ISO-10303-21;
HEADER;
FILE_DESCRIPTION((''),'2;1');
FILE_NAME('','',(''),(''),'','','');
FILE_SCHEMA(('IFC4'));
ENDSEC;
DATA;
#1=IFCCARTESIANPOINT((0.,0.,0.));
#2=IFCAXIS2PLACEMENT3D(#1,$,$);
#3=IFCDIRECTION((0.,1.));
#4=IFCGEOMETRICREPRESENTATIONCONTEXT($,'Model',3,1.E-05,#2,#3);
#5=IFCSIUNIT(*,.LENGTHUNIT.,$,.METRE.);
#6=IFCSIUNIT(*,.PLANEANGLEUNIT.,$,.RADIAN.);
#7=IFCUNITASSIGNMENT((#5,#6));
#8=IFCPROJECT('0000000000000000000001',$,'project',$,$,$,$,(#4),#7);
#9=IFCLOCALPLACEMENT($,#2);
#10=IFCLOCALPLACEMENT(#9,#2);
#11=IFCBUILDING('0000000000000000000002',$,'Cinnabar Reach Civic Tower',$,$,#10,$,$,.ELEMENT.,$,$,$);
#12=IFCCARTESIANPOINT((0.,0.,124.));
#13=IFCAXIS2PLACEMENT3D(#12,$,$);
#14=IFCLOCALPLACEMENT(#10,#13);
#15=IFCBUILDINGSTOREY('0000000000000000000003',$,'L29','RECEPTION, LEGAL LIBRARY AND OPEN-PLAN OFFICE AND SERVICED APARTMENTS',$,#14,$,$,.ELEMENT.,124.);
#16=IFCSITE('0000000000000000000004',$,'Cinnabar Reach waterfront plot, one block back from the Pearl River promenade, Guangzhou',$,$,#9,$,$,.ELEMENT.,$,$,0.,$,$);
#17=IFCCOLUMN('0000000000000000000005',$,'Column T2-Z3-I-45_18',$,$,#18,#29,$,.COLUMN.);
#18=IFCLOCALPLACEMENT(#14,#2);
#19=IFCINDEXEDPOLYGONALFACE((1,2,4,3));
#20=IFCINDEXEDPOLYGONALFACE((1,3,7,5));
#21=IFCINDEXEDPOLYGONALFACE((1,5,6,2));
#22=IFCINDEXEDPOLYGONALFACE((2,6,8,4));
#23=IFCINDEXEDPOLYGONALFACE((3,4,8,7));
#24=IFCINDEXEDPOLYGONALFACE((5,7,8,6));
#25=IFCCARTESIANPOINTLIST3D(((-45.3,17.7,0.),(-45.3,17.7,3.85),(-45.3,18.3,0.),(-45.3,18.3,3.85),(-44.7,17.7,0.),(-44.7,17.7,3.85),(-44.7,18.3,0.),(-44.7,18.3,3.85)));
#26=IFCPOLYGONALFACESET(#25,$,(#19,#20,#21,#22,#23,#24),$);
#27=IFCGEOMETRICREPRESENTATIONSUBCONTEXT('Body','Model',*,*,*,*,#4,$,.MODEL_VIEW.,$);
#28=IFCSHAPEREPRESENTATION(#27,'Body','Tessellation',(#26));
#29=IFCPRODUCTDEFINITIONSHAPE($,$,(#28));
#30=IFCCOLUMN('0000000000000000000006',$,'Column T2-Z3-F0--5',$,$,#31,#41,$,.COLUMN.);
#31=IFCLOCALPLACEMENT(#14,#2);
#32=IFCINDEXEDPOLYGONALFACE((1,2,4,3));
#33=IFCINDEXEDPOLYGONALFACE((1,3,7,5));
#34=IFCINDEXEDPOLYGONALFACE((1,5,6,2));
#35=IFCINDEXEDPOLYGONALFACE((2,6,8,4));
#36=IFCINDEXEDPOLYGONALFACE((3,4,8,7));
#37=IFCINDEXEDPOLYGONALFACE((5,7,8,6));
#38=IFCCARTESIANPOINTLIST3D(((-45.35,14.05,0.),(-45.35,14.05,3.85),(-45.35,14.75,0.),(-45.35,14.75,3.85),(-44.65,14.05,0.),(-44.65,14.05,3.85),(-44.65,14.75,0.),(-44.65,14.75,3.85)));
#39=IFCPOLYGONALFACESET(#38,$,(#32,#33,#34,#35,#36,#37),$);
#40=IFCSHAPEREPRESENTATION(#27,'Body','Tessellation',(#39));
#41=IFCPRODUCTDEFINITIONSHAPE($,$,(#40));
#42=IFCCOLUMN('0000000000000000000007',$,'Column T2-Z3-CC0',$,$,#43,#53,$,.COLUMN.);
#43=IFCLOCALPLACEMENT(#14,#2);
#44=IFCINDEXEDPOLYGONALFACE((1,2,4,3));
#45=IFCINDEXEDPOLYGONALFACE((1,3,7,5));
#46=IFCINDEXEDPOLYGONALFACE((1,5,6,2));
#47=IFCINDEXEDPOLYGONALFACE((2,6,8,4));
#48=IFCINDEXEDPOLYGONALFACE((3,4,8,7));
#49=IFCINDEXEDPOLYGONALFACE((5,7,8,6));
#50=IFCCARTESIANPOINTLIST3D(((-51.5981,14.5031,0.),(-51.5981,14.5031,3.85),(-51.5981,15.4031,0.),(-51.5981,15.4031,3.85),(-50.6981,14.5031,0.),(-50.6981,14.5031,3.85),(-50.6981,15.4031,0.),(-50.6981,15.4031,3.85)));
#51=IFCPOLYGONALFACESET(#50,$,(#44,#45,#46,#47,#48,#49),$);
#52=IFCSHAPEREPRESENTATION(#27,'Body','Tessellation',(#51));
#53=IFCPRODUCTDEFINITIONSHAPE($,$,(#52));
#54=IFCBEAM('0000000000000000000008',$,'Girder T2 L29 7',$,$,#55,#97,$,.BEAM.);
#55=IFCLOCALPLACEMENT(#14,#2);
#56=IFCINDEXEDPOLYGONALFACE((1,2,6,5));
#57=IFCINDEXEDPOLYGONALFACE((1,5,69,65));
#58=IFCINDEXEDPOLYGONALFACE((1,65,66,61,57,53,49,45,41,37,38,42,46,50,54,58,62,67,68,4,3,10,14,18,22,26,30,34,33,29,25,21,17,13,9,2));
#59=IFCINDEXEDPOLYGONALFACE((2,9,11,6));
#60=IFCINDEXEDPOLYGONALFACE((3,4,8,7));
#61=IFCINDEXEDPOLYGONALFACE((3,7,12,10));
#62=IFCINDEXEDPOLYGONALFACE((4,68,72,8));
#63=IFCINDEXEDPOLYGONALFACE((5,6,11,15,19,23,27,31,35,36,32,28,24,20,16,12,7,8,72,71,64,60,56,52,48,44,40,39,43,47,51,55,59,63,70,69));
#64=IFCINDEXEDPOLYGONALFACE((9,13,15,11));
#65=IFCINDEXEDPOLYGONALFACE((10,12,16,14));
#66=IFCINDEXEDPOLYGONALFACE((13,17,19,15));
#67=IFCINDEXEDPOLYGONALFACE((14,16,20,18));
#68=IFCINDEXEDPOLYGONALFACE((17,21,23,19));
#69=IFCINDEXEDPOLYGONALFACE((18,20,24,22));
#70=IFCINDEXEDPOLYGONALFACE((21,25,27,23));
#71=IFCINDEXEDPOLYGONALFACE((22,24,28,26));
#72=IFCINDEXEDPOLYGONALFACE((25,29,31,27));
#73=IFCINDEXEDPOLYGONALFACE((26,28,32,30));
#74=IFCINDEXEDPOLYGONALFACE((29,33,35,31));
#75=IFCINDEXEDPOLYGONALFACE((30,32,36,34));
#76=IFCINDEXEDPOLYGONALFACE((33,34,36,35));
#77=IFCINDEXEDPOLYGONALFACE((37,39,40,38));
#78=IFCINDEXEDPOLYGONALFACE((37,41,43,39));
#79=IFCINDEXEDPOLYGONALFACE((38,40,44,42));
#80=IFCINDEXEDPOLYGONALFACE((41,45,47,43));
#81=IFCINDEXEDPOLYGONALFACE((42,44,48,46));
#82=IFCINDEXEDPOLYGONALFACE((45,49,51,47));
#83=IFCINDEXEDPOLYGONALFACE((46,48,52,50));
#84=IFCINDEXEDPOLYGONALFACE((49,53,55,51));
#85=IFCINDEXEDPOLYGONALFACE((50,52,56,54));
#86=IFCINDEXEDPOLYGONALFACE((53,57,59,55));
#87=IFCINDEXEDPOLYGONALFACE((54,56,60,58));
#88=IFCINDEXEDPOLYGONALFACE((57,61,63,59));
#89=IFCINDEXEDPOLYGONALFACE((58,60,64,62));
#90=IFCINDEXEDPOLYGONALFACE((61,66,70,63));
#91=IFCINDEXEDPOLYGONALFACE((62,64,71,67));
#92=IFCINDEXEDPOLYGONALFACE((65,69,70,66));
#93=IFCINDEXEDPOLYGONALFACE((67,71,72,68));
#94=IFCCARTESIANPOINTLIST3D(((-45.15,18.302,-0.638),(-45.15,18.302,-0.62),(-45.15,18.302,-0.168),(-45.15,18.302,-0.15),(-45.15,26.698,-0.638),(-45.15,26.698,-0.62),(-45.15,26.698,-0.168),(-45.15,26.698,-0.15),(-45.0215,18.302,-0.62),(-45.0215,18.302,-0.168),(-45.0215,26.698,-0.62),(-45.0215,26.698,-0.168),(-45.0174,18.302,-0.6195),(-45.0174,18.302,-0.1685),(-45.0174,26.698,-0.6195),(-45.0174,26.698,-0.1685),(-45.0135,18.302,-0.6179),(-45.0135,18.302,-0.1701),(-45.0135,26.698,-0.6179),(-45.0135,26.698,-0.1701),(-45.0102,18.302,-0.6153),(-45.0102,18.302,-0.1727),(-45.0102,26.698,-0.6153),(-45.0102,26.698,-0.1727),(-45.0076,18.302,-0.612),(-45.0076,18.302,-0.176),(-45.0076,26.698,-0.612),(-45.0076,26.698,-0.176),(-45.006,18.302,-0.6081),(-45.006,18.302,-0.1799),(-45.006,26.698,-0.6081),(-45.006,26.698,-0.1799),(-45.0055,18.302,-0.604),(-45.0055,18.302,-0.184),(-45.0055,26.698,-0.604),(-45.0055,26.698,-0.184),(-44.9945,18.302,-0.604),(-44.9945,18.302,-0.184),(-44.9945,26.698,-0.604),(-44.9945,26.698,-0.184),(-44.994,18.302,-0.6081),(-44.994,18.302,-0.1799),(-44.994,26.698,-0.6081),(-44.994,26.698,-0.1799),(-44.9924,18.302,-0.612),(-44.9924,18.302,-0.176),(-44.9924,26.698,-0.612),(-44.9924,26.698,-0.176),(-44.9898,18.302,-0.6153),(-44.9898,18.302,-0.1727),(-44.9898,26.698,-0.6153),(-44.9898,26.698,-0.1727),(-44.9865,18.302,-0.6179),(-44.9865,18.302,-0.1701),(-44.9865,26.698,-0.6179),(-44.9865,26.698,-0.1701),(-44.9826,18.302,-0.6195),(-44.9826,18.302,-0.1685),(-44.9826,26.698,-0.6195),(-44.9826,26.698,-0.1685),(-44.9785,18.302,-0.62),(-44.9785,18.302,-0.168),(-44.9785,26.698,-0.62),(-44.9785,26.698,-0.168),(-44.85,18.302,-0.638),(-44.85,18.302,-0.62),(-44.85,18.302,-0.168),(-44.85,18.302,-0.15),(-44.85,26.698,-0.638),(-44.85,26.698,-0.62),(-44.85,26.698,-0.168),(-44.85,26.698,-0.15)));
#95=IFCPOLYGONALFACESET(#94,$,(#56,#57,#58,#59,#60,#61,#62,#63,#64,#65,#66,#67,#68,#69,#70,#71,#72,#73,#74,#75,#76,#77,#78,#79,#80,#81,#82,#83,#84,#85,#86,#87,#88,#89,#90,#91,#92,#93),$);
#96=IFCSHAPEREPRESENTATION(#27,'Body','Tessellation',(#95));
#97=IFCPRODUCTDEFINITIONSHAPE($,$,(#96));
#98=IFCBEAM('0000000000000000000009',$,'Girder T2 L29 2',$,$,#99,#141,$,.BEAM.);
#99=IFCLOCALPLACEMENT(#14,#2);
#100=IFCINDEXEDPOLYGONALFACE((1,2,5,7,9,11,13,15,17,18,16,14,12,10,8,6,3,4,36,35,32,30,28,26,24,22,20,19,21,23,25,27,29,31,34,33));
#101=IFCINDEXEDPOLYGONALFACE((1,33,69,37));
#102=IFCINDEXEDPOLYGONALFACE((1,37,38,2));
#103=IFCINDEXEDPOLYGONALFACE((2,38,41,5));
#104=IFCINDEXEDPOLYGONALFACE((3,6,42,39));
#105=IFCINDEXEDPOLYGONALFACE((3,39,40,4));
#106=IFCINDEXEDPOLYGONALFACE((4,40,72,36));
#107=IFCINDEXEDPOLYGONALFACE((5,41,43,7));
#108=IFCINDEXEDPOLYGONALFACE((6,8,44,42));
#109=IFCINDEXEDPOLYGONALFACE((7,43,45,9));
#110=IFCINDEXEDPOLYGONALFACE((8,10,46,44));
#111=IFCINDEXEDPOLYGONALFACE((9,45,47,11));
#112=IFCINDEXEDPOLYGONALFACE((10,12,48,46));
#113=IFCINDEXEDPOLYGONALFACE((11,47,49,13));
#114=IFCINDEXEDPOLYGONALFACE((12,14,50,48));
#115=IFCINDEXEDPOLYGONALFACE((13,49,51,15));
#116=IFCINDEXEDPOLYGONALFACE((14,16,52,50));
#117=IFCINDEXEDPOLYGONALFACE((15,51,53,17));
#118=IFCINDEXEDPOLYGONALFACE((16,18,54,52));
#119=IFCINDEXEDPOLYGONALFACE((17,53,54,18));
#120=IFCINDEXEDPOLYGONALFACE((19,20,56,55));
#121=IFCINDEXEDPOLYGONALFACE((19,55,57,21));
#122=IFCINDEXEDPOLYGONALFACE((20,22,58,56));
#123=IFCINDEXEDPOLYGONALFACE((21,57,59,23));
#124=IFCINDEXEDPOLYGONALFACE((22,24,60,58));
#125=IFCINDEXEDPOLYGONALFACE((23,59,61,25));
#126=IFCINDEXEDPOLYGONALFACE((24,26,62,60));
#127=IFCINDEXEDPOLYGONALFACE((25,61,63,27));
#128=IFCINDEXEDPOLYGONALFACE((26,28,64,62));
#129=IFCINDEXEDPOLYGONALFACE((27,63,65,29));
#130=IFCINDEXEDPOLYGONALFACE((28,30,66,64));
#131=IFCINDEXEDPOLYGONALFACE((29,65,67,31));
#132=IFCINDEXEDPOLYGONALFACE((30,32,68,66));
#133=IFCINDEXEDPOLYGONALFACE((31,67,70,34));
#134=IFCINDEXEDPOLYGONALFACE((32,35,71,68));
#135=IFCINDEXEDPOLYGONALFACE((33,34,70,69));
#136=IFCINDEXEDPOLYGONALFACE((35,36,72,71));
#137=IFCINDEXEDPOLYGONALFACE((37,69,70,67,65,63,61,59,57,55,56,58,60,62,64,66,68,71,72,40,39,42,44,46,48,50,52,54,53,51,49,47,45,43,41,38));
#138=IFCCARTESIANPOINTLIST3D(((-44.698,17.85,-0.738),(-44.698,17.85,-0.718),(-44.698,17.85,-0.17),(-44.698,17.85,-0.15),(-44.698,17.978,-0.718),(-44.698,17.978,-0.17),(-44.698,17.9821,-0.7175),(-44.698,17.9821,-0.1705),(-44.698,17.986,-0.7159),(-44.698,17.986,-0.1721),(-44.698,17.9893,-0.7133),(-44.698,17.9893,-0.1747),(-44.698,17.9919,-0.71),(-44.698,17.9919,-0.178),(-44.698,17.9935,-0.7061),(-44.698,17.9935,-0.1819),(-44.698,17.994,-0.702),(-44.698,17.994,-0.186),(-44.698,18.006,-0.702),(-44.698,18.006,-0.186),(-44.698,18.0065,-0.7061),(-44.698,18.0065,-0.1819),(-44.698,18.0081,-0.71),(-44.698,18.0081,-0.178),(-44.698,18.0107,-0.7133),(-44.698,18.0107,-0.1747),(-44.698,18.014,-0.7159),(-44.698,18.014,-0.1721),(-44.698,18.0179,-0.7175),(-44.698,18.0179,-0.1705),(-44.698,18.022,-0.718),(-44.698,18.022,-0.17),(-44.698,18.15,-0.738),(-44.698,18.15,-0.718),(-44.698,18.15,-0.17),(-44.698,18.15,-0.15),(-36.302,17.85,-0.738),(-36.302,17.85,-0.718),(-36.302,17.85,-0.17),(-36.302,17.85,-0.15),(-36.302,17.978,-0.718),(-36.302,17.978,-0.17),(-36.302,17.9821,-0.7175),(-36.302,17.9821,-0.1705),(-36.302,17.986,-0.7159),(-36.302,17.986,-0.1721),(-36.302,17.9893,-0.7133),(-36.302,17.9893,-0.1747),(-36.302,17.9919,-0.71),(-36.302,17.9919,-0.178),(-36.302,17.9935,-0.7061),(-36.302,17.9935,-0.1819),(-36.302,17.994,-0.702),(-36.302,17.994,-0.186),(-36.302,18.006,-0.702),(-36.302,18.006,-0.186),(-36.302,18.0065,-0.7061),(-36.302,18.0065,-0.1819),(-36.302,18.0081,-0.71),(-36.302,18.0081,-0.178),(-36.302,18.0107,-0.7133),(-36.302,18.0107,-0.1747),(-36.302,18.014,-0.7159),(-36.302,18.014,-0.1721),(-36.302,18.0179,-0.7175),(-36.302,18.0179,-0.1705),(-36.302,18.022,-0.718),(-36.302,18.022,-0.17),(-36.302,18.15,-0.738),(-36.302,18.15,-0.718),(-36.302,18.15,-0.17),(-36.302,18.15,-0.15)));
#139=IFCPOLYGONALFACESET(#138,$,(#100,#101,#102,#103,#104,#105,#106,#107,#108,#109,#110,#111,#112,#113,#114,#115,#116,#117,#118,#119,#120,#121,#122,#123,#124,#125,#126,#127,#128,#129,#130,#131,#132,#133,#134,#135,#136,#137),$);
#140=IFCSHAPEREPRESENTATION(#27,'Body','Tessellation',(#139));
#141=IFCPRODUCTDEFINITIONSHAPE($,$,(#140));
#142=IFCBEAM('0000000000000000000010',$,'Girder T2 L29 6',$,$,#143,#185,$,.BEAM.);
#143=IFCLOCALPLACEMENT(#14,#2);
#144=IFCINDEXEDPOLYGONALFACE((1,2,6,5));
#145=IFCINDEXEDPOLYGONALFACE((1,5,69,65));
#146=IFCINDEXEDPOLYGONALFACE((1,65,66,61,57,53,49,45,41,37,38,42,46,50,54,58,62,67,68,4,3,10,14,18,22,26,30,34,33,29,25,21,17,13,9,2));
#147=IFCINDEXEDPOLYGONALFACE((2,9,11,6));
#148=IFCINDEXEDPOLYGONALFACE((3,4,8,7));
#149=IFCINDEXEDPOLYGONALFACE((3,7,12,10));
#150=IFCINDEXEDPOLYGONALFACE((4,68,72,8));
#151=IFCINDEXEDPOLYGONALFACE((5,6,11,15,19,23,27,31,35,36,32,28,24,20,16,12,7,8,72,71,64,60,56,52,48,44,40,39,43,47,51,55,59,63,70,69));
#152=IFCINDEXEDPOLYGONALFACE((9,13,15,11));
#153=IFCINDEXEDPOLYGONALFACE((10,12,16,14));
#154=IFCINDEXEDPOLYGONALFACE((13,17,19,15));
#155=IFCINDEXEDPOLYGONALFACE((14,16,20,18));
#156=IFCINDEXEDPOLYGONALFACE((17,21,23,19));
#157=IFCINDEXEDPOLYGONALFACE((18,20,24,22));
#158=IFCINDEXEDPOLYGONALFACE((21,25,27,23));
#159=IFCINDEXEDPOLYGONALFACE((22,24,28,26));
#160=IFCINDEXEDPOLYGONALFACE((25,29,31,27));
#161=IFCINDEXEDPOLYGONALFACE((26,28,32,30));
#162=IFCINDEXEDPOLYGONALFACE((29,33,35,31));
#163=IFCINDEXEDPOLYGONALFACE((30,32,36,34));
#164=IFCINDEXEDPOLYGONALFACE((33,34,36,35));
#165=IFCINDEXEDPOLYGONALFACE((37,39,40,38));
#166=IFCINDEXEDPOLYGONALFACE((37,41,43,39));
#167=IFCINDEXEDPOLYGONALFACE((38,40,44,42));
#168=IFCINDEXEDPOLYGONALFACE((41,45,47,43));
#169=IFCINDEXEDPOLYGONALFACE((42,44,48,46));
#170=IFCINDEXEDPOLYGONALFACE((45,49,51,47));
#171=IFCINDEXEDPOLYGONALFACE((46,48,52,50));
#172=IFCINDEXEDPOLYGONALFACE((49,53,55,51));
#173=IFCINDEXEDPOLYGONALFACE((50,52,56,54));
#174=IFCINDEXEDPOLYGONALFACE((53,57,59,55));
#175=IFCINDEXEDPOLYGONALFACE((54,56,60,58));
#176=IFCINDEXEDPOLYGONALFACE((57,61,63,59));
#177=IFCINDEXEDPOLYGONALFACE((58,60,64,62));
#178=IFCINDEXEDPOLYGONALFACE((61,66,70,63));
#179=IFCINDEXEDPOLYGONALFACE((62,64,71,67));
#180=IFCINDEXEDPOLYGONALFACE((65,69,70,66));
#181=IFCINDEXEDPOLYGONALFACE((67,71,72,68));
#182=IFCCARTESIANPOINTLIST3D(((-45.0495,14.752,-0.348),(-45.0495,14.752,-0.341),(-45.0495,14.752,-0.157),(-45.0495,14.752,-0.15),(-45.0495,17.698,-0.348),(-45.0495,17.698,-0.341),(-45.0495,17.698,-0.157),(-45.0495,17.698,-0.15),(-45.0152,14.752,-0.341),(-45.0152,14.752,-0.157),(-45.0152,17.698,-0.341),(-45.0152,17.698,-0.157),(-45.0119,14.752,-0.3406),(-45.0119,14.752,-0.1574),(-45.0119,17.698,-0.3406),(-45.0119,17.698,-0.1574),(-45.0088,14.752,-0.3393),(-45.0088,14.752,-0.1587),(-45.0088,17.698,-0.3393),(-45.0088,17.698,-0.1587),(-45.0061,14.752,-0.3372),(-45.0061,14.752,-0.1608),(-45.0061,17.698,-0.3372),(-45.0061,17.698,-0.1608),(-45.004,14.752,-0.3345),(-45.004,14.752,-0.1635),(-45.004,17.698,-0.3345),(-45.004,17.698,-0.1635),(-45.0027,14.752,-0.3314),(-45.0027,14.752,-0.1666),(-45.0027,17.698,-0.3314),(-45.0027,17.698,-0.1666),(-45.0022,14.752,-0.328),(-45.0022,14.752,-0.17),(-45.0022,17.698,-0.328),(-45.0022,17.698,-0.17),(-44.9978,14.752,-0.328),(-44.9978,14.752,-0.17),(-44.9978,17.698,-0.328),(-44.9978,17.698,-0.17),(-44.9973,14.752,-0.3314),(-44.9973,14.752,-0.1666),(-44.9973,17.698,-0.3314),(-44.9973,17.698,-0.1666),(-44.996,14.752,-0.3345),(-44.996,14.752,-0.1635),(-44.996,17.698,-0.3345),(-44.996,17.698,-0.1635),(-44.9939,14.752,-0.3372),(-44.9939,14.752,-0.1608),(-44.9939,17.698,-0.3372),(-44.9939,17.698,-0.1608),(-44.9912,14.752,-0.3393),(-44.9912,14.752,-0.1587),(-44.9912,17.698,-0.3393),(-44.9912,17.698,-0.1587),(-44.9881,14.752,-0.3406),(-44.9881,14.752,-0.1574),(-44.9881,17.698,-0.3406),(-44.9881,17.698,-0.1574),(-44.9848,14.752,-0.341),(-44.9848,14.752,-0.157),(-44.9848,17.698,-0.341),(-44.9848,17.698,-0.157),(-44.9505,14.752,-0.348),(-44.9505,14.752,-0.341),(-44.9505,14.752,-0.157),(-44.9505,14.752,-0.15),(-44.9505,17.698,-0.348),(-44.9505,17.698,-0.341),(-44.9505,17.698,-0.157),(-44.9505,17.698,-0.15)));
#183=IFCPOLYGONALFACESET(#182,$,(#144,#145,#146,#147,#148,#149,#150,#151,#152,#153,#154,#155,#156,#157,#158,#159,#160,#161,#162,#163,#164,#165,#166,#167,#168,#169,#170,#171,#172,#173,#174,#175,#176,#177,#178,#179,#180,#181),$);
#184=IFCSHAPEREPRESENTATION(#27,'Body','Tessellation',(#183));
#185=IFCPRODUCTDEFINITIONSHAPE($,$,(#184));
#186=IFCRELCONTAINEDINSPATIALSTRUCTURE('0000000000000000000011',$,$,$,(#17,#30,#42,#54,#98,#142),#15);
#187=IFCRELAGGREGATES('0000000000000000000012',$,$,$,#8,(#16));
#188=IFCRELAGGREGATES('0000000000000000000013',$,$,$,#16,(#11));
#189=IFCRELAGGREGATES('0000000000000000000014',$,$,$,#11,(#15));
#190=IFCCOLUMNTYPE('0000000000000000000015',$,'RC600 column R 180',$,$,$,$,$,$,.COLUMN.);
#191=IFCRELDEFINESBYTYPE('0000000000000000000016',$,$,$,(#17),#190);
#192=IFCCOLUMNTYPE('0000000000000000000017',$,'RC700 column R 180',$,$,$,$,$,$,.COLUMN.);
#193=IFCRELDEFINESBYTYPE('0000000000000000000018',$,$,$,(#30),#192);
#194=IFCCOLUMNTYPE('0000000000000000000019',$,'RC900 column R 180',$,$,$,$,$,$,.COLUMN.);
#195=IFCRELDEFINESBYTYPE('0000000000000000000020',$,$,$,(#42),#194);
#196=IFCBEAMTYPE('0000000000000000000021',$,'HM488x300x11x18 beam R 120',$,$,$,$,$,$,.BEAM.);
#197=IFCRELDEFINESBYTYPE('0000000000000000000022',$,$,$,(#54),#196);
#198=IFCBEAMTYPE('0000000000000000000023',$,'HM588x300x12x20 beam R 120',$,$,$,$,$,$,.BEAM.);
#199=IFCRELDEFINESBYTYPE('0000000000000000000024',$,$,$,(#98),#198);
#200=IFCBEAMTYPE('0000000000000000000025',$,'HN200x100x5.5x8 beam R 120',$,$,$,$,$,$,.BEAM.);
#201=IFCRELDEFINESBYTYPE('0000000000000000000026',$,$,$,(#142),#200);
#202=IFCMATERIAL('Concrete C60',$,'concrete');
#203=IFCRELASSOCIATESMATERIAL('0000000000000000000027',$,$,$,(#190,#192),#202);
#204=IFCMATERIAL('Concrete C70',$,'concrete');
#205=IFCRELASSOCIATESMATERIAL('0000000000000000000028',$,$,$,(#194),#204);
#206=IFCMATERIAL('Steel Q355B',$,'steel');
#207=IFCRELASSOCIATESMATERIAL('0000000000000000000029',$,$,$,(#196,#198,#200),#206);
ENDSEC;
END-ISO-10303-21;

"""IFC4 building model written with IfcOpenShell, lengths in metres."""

from ifc_helpers import new_model, si_unit, direction, frame, origin, origin_2d, place, context, subcontext, project, spatial, rectangle, i_section, extrude, material, material_profile, profile_set, type_object, element, save


model = new_model("IFC4")

# Units and contexts
model_context = context("Model", 3, precision=1e-05, world=origin(), true_north=direction((0.0, 1.0)))
body_context = subcontext(model_context, "Body", "Model", "MODEL_VIEW")
ifc_project = project(units=[si_unit("LENGTHUNIT", "METRE"), si_unit("PLANEANGLEUNIT", "RADIAN")], contexts=[model_context])

# Site, building, storey
site_placement = place(None, origin())
site = spatial("IfcSite", under=ifc_project, at=site_placement, Name="Cinnabar Reach waterfront plot, one block back from the Pearl River promenade, Guangzhou", CompositionType="ELEMENT", RefElevation=0.0)
building_placement = place(site_placement, origin())
building = spatial("IfcBuilding", under=site, at=building_placement, Name="Cinnabar Reach Civic Tower", CompositionType="ELEMENT")
storey_placement = place(building_placement, frame((0.0, 0.0, 124.0)))
storey = spatial("IfcBuildingStorey", under=building, at=storey_placement, Name="L29", Description="RECEPTION, LEGAL LIBRARY AND OPEN-PLAN OFFICE AND SERVICED APARTMENTS", CompositionType="ELEMENT", Elevation=124.0)

# Columns
ifc_material_1 = material(Name="Concrete C60", Category="concrete")
ifc_material_profile_1 = material_profile(ifc_material_1, rectangle(XDim=0.6, YDim=0.6, at=origin_2d()), Name="RC600")
ifc_profile_set_1 = profile_set([ifc_material_profile_1], Name="Concrete C60")
column_type_1 = type_object("IfcColumnType", Name="RC600 column R 180", PredefinedType="COLUMN", material=ifc_profile_set_1)
column_1_placement = place(storey_placement, frame((-45.0, 18.0, 0.0), z_axis=(0.0, 0.0, 1.0), x_axis=(1.0, 0.0, 0.0)))
element("IfcColumn", 1, at=column_1_placement, inside=storey, type_object=column_type_1, Name="Column T2-Z3-I-45_18", PredefinedType="COLUMN", context=body_context, shape_type="SweptSolid", body=[
    extrude(rectangle(XDim=0.6, YDim=0.6, at=origin_2d()), origin(), (0.0, 0.0, 1.0), 3.85),
])
ifc_material_profile_2 = material_profile(ifc_material_1, rectangle(XDim=0.7, YDim=0.7, at=origin_2d()), Name="RC700")
ifc_profile_set_2 = profile_set([ifc_material_profile_2], Name="Concrete C60")
column_type_2 = type_object("IfcColumnType", Name="RC700 column R 180", PredefinedType="COLUMN", material=ifc_profile_set_2)
column_2_placement = place(storey_placement, frame((-45.0, 14.4, 0.0), z_axis=(0.0, 0.0, 1.0), x_axis=(1.0, 0.0, 0.0)))
element("IfcColumn", 2, at=column_2_placement, inside=storey, type_object=column_type_2, Name="Column T2-Z3-F0--5", PredefinedType="COLUMN", context=body_context, shape_type="SweptSolid", body=[
    extrude(rectangle(XDim=0.7, YDim=0.7, at=origin_2d()), origin(), (0.0, 0.0, 1.0), 3.85),
])
ifc_material_2 = material(Name="Concrete C70", Category="concrete")
ifc_material_profile_3 = material_profile(ifc_material_2, rectangle(XDim=0.9, YDim=0.9, at=origin_2d()), Name="RC900")
ifc_profile_set_3 = profile_set([ifc_material_profile_3], Name="Concrete C70")
column_type_3 = type_object("IfcColumnType", Name="RC900 column R 180", PredefinedType="COLUMN", material=ifc_profile_set_3)
column_3_placement = place(storey_placement, frame((-51.1481, 14.9531, 0.0), z_axis=(0.0, 0.0, 1.0), x_axis=(1.0, 0.0, 0.0)))
element("IfcColumn", 3, at=column_3_placement, inside=storey, type_object=column_type_3, Name="Column T2-Z3-CC0", PredefinedType="COLUMN", context=body_context, shape_type="SweptSolid", body=[
    extrude(rectangle(XDim=0.9, YDim=0.9, at=origin_2d()), origin(), (0.0, 0.0, 1.0), 3.85),
])

# Beams
ifc_material_3 = material(Name="Steel Q355B", Category="steel")
ifc_material_profile_4 = material_profile(ifc_material_3, i_section(OverallWidth=0.3, OverallDepth=0.488, WebThickness=0.011, FlangeThickness=0.018, FilletRadius=0.016, at=origin_2d()), Name="HM488x300x11x18")
ifc_profile_set_4 = profile_set([ifc_material_profile_4], Name="Steel Q355B")
beam_type_1 = type_object("IfcBeamType", Name="HM488x300x11x18 beam R 120", PredefinedType="BEAM", material=ifc_profile_set_4)
beam_1_placement = place(storey_placement, frame((-45.0, 18.302, -0.394), z_axis=(0.0, 1.0, 0.0), x_axis=(-1.0, 0.0, 0.0)))
element("IfcBeam", 4, at=beam_1_placement, inside=storey, type_object=beam_type_1, Name="Girder T2 L29 7", PredefinedType="BEAM", context=body_context, shape_type="SweptSolid", body=[
    extrude(i_section(OverallWidth=0.3, OverallDepth=0.488, WebThickness=0.011, FlangeThickness=0.018, FilletRadius=0.016, at=origin_2d()), origin(), (0.0, 0.0, 1.0), 8.396),
])
ifc_material_profile_5 = material_profile(ifc_material_3, i_section(OverallWidth=0.3, OverallDepth=0.588, WebThickness=0.012, FlangeThickness=0.02, FilletRadius=0.016, at=origin_2d()), Name="HM588x300x12x20")
ifc_profile_set_5 = profile_set([ifc_material_profile_5], Name="Steel Q355B")
beam_type_2 = type_object("IfcBeamType", Name="HM588x300x12x20 beam R 120", PredefinedType="BEAM", material=ifc_profile_set_5)
beam_2_placement = place(storey_placement, frame((-44.698, 18.0, -0.444), z_axis=(1.0, 0.0, 0.0), x_axis=(0.0, 1.0, 0.0)))
element("IfcBeam", 5, at=beam_2_placement, inside=storey, type_object=beam_type_2, Name="Girder T2 L29 2", PredefinedType="BEAM", context=body_context, shape_type="SweptSolid", body=[
    extrude(i_section(OverallWidth=0.3, OverallDepth=0.588, WebThickness=0.012, FlangeThickness=0.02, FilletRadius=0.016, at=origin_2d()), origin(), (0.0, 0.0, 1.0), 8.396),
])
ifc_material_profile_6 = material_profile(ifc_material_3, i_section(OverallWidth=0.099, OverallDepth=0.198, WebThickness=0.0045, FlangeThickness=0.007, FilletRadius=0.013, at=origin_2d()), Name="HN200x100x5.5x8")
ifc_profile_set_6 = profile_set([ifc_material_profile_6], Name="Steel Q355B")
beam_type_3 = type_object("IfcBeamType", Name="HN200x100x5.5x8 beam R 120", PredefinedType="BEAM", material=ifc_profile_set_6)
beam_3_placement = place(storey_placement, frame((-45.0, 14.752, -0.249), z_axis=(0.0, 1.0, 0.0), x_axis=(-1.0, 0.0, 0.0)))
element("IfcBeam", 6, at=beam_3_placement, inside=storey, type_object=beam_type_3, Name="Girder T2 L29 6", PredefinedType="BEAM", context=body_context, shape_type="SweptSolid", body=[
    extrude(i_section(OverallWidth=0.099, OverallDepth=0.198, WebThickness=0.0045, FlangeThickness=0.007, FilletRadius=0.013, at=origin_2d()), origin(), (0.0, 0.0, 1.0), 2.946),
])

save(model, "model.ifc")
